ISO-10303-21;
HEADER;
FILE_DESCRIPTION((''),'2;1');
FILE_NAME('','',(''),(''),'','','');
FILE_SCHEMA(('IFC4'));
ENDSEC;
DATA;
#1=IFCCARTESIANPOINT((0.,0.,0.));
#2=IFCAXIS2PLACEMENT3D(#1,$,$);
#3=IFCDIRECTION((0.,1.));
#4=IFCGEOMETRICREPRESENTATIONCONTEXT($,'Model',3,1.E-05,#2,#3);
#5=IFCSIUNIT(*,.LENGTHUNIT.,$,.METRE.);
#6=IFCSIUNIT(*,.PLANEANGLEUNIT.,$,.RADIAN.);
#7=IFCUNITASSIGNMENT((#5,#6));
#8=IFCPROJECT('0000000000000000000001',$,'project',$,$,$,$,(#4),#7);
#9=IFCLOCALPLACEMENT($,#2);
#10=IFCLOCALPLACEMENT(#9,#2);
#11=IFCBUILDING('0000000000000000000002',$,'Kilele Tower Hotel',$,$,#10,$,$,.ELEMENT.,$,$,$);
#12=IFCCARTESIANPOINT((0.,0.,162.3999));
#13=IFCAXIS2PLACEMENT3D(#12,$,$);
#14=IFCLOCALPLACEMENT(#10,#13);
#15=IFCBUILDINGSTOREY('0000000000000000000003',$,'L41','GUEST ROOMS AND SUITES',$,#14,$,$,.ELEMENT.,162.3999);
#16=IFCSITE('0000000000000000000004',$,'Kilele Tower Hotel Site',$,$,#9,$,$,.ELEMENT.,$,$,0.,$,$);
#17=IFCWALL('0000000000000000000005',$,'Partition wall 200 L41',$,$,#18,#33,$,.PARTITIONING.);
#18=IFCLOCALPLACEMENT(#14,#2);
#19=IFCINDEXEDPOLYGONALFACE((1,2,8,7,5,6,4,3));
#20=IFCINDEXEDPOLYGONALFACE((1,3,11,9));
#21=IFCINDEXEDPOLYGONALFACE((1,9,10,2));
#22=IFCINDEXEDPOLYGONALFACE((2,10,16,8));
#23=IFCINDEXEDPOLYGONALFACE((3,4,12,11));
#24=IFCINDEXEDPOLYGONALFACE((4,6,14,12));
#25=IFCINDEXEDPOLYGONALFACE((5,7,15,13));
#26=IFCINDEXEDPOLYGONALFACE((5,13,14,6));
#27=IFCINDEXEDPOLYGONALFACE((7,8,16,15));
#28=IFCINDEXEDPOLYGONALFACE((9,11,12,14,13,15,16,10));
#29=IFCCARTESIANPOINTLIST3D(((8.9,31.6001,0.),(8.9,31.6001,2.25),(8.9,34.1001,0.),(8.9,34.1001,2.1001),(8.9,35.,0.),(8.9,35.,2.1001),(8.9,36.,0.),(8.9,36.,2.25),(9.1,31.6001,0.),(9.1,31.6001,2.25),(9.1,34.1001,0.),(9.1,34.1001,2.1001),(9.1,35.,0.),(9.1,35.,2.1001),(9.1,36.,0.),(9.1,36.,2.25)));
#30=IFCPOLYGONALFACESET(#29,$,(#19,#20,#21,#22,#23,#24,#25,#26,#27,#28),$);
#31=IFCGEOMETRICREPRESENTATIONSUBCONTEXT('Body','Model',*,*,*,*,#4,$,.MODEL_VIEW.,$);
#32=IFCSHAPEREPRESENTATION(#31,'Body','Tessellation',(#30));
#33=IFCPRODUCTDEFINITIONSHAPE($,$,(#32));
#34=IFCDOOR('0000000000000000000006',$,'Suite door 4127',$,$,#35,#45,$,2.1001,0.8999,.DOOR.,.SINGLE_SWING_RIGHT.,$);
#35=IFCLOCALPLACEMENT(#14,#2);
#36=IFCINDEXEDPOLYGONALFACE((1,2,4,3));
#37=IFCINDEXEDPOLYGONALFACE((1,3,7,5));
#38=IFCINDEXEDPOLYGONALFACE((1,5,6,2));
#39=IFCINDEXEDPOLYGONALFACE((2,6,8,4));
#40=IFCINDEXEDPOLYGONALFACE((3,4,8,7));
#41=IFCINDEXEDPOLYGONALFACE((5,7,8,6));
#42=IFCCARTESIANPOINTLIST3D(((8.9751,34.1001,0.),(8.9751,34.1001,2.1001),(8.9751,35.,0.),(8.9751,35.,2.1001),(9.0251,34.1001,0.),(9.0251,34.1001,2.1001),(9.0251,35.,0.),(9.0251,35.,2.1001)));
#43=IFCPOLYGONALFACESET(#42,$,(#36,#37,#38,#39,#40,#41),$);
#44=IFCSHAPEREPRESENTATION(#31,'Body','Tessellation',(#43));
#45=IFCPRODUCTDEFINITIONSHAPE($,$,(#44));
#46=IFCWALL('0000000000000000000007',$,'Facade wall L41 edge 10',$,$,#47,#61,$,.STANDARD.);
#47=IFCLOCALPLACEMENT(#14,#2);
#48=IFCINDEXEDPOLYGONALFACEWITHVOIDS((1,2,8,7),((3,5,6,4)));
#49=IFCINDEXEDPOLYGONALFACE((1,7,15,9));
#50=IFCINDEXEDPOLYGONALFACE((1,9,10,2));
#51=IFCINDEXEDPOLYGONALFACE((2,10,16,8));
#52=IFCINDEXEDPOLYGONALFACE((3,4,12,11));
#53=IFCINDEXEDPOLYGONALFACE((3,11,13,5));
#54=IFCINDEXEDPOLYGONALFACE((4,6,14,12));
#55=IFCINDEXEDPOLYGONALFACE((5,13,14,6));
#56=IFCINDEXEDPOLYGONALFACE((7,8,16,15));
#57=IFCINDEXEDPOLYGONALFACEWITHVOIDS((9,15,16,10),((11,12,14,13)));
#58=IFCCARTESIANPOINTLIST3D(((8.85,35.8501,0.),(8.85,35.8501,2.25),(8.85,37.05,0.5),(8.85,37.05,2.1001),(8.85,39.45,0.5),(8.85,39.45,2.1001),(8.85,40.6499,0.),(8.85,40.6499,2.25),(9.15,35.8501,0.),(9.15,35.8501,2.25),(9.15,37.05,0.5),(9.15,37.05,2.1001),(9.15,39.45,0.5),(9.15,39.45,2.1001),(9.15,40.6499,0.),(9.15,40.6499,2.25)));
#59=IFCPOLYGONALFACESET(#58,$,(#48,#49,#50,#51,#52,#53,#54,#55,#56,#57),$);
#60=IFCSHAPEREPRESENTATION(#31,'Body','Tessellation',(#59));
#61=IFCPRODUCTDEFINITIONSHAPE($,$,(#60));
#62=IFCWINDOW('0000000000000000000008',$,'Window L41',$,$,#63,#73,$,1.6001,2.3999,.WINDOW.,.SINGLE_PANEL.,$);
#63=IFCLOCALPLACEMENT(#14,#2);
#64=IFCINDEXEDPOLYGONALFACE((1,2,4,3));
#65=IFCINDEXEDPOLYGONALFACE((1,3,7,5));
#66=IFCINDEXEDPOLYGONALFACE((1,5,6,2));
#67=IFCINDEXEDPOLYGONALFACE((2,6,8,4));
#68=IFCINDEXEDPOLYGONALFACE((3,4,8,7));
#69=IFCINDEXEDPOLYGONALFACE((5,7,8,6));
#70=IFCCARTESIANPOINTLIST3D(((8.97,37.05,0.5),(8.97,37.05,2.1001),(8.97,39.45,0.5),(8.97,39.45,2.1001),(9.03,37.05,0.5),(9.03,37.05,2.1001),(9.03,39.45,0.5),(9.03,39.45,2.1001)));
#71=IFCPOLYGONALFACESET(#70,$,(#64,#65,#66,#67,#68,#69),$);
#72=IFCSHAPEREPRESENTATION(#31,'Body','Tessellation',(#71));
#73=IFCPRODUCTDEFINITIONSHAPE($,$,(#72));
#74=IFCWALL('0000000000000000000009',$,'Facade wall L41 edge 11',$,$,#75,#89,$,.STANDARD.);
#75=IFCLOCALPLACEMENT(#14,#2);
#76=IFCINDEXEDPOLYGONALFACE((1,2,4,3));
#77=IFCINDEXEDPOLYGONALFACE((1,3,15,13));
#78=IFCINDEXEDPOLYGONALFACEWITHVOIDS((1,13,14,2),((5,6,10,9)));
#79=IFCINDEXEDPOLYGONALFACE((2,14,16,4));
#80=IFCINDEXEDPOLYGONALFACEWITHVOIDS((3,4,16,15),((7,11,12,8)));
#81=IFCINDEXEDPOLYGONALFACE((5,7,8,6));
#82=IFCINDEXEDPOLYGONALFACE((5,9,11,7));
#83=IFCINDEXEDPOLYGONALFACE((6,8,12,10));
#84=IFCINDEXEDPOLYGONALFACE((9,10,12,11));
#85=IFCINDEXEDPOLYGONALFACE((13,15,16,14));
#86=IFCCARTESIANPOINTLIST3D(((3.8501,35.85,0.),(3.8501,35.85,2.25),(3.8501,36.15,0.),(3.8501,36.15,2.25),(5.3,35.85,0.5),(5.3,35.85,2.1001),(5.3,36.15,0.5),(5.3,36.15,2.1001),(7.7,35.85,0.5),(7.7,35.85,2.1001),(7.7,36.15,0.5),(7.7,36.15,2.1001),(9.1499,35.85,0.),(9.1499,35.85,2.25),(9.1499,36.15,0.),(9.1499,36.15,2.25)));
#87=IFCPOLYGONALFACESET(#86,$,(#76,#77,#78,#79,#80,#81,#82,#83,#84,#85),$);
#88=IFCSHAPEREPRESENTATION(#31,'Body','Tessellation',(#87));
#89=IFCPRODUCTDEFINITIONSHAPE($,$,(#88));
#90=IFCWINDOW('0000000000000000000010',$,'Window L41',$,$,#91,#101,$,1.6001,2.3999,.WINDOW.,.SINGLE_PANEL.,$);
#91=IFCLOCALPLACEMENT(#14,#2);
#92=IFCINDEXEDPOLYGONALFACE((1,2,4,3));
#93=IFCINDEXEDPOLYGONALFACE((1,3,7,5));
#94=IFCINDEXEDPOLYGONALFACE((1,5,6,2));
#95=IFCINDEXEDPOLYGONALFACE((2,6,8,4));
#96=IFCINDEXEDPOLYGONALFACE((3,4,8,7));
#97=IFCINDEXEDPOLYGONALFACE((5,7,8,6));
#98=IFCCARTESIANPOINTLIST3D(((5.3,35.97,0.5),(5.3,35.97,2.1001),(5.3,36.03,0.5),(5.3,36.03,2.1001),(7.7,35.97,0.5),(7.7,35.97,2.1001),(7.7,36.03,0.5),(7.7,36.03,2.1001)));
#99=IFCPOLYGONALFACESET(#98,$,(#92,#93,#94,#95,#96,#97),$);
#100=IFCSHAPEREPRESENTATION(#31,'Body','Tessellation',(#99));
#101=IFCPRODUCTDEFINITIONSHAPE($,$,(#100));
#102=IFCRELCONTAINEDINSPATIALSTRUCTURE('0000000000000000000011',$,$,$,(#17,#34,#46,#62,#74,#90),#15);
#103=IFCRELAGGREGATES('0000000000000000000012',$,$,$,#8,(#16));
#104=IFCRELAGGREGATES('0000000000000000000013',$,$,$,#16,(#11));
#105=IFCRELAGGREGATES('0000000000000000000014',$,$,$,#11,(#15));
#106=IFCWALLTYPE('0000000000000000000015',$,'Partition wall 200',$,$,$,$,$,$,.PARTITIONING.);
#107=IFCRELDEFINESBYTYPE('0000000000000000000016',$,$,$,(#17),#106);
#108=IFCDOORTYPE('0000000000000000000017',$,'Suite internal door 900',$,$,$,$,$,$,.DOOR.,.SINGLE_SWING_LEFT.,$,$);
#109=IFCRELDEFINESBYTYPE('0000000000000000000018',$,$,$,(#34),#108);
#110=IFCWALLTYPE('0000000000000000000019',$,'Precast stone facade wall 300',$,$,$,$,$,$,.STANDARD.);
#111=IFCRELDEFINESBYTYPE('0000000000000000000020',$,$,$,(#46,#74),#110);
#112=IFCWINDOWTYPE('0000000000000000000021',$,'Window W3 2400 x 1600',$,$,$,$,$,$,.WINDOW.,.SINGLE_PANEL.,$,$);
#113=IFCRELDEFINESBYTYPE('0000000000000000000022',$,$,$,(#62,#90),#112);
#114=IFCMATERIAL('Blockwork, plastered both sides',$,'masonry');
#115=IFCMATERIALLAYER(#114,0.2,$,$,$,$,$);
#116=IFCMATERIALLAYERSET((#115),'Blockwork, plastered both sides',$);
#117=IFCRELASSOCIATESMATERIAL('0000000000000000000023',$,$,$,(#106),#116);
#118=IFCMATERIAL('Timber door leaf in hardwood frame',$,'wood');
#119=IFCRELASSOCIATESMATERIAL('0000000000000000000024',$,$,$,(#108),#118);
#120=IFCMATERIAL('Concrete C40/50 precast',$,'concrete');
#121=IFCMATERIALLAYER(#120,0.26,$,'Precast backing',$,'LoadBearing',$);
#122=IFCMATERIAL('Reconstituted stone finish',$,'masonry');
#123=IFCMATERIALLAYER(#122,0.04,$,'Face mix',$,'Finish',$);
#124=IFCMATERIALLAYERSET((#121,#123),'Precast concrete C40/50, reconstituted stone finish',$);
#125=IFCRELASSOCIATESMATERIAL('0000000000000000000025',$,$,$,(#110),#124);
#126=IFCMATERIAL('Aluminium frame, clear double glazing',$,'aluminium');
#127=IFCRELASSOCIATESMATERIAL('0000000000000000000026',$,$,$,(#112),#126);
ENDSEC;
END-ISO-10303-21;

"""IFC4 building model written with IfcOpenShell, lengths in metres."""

from ifc_helpers import new_model, si_unit, direction, frame, frame_2d, origin, place, context, subcontext, project, spatial, rectangle, extrude, material, layer, layer_set, type_object, element, fill, save


model = new_model("IFC4")

# Units and contexts
model_context = context("Model", 3, precision=1e-05, world=origin(), true_north=direction((0.0, 1.0)))
body_context = subcontext(model_context, "Body", "Model", "MODEL_VIEW")
ifc_project = project(units=[si_unit("LENGTHUNIT", "METRE"), si_unit("PLANEANGLEUNIT", "RADIAN")], contexts=[model_context])

# Site, building, storey
site_placement = place(None, origin())
site = spatial("IfcSite", under=ifc_project, at=site_placement, Name="Kilele Tower Hotel Site", CompositionType="ELEMENT", RefElevation=0.0)
building_placement = place(site_placement, origin())
building = spatial("IfcBuilding", under=site, at=building_placement, Name="Kilele Tower Hotel", CompositionType="ELEMENT")
storey_placement = place(building_placement, frame((0.0, 0.0, 162.3999)))
storey = spatial("IfcBuildingStorey", under=building, at=storey_placement, Name="L41", Description="GUEST ROOMS AND SUITES", CompositionType="ELEMENT", Elevation=162.3999)

# Wall, opening, door
ifc_material_1 = material(Name="Blockwork, plastered both sides", Category="masonry")
ifc_layer_1 = layer(ifc_material_1, 0.2)
ifc_layer_set_1 = layer_set([ifc_layer_1], Name="Blockwork, plastered both sides")
wall_type_1 = type_object("IfcWallType", Name="Partition wall 200", PredefinedType="PARTITIONING", material=ifc_layer_set_1)
wall_1_placement = place(storey_placement, frame((9.0, 31.6001, 0.0), z_axis=(0.0, 0.0, 1.0), x_axis=(0.0, 1.0, 0.0)))
wall_1 = element("IfcWall", 1, at=wall_1_placement, inside=storey, type_object=wall_type_1, Name="Partition wall 200 L41", PredefinedType="PARTITIONING", context=body_context, shape_type="SweptSolid", body=[
    extrude(rectangle(XDim=4.3999, YDim=0.2, at=frame_2d((2.2, 0.0))), origin(), (0.0, 0.0, 1.0), 2.25),
])
opening_1_placement = place(wall_1_placement, frame((2.5, 0.0, 0.0)))
opening_1 = element("IfcOpeningElement", 2, at=opening_1_placement, cuts=wall_1, PredefinedType="OPENING", context=body_context, shape_type="SweptSolid", body=[
    extrude(rectangle(XDim=0.8999, YDim=2.1001, at=frame_2d((0.45, 1.05))), frame((0.0, 0.1099, 0.0), z_axis=(0.0, -1.0, 0.0), x_axis=(1.0, 0.0, 0.0)), (0.0, 0.0, 1.0), 0.22),
])
ifc_material_2 = material(Name="Timber door leaf in hardwood frame", Category="wood")
door_type_1 = type_object("IfcDoorType", Name="Suite internal door 900", OperationType="SINGLE_SWING_LEFT", PredefinedType="DOOR", material=ifc_material_2)
door_1_placement = place(opening_1_placement, origin())
door_1 = element("IfcDoor", 3, at=door_1_placement, inside=storey, type_object=door_type_1, Name="Suite door 4127", OperationType="SINGLE_SWING_RIGHT", OverallHeight=2.1001, OverallWidth=0.8999, PredefinedType="DOOR", context=body_context, shape_type="SweptSolid", body=[
    extrude(rectangle(XDim=0.8999, YDim=2.1001, at=frame_2d((0.45, 1.05))), frame((0.0, 0.0249, 0.0), z_axis=(0.0, -1.0, 0.0), x_axis=(1.0, 0.0, 0.0)), (0.0, 0.0, 1.0), 0.05),
])
fill(opening_1, door_1)

# Walls, openings, windows
ifc_material_3 = material(Name="Concrete C40/50 precast", Category="concrete")
ifc_layer_2 = layer(ifc_material_3, 0.26, Name="Precast backing", Category="LoadBearing")
ifc_material_4 = material(Name="Reconstituted stone finish", Category="masonry")
ifc_layer_3 = layer(ifc_material_4, 0.04, Name="Face mix", Category="Finish")
ifc_layer_set_2 = layer_set([ifc_layer_2, ifc_layer_3], Name="Precast concrete C40/50, reconstituted stone finish")
wall_type_2 = type_object("IfcWallType", Name="Precast stone facade wall 300", PredefinedType="STANDARD", material=ifc_layer_set_2)
wall_2_placement = place(storey_placement, frame((9.0, 40.6499, 0.0), z_axis=(0.0, 0.0, 1.0), x_axis=(0.0, -1.0, 0.0)))
wall_2 = element("IfcWall", 4, at=wall_2_placement, inside=storey, type_object=wall_type_2, Name="Facade wall L41 edge 10", PredefinedType="STANDARD", context=body_context, shape_type="SweptSolid", body=[
    extrude(rectangle(XDim=4.7998, YDim=0.3, at=frame_2d((2.3999, 0.0))), origin(), (0.0, 0.0, 1.0), 2.25),
])
opening_2_placement = place(wall_2_placement, frame((1.2, 0.0, 0.5)))
opening_2 = element("IfcOpeningElement", 5, at=opening_2_placement, cuts=wall_2, PredefinedType="OPENING", context=body_context, shape_type="SweptSolid", body=[
    extrude(rectangle(XDim=2.3999, YDim=1.6001, at=frame_2d((1.2, 0.8))), frame((0.0, 0.1599, 0.0), z_axis=(0.0, -1.0, 0.0), x_axis=(1.0, 0.0, 0.0)), (0.0, 0.0, 1.0), 0.3201),
])
ifc_material_5 = material(Name="Aluminium frame, clear double glazing", Category="aluminium")
window_type_1 = type_object("IfcWindowType", Name="Window W3 2400 x 1600", PartitioningType="SINGLE_PANEL", PredefinedType="WINDOW", material=ifc_material_5)
window_1_placement = place(opening_2_placement, origin())
window_1 = element("IfcWindow", 6, at=window_1_placement, inside=storey, type_object=window_type_1, Name="Window L41", OverallHeight=1.6001, OverallWidth=2.3999, PartitioningType="SINGLE_PANEL", PredefinedType="WINDOW", context=body_context, shape_type="SweptSolid", body=[
    extrude(rectangle(XDim=2.3999, YDim=1.6001, at=frame_2d((1.2, 0.8))), frame((0.0, 0.03, 0.0), z_axis=(0.0, -1.0, 0.0), x_axis=(1.0, 0.0, 0.0)), (0.0, 0.0, 1.0), 0.0601),
])
fill(opening_2, window_1)
wall_3_placement = place(storey_placement, frame((9.1499, 36.0, 0.0), z_axis=(0.0, 0.0, 1.0), x_axis=(-1.0, 0.0, 0.0)))
wall_3 = element("IfcWall", 7, at=wall_3_placement, inside=storey, type_object=wall_type_2, Name="Facade wall L41 edge 11", PredefinedType="STANDARD", context=body_context, shape_type="SweptSolid", body=[
    extrude(rectangle(XDim=5.2998, YDim=0.3, at=frame_2d((2.6499, 0.0))), origin(), (0.0, 0.0, 1.0), 2.25),
])
opening_3_placement = place(wall_3_placement, frame((1.45, 0.0, 0.5)))
opening_3 = element("IfcOpeningElement", 8, at=opening_3_placement, cuts=wall_3, PredefinedType="OPENING", context=body_context, shape_type="SweptSolid", body=[
    extrude(rectangle(XDim=2.3999, YDim=1.6001, at=frame_2d((1.2, 0.8))), frame((0.0, 0.1599, 0.0), z_axis=(0.0, -1.0, 0.0), x_axis=(1.0, 0.0, 0.0)), (0.0, 0.0, 1.0), 0.3201),
])
window_2_placement = place(opening_3_placement, origin())
window_2 = element("IfcWindow", 9, at=window_2_placement, inside=storey, type_object=window_type_1, Name="Window L41", OverallHeight=1.6001, OverallWidth=2.3999, PartitioningType="SINGLE_PANEL", PredefinedType="WINDOW", context=body_context, shape_type="SweptSolid", body=[
    extrude(rectangle(XDim=2.3999, YDim=1.6001, at=frame_2d((1.2, 0.8))), frame((0.0, 0.03, 0.0), z_axis=(0.0, -1.0, 0.0), x_axis=(1.0, 0.0, 0.0)), (0.0, 0.0, 1.0), 0.0601),
])
fill(opening_3, window_2)

save(model, "model.ifc")
